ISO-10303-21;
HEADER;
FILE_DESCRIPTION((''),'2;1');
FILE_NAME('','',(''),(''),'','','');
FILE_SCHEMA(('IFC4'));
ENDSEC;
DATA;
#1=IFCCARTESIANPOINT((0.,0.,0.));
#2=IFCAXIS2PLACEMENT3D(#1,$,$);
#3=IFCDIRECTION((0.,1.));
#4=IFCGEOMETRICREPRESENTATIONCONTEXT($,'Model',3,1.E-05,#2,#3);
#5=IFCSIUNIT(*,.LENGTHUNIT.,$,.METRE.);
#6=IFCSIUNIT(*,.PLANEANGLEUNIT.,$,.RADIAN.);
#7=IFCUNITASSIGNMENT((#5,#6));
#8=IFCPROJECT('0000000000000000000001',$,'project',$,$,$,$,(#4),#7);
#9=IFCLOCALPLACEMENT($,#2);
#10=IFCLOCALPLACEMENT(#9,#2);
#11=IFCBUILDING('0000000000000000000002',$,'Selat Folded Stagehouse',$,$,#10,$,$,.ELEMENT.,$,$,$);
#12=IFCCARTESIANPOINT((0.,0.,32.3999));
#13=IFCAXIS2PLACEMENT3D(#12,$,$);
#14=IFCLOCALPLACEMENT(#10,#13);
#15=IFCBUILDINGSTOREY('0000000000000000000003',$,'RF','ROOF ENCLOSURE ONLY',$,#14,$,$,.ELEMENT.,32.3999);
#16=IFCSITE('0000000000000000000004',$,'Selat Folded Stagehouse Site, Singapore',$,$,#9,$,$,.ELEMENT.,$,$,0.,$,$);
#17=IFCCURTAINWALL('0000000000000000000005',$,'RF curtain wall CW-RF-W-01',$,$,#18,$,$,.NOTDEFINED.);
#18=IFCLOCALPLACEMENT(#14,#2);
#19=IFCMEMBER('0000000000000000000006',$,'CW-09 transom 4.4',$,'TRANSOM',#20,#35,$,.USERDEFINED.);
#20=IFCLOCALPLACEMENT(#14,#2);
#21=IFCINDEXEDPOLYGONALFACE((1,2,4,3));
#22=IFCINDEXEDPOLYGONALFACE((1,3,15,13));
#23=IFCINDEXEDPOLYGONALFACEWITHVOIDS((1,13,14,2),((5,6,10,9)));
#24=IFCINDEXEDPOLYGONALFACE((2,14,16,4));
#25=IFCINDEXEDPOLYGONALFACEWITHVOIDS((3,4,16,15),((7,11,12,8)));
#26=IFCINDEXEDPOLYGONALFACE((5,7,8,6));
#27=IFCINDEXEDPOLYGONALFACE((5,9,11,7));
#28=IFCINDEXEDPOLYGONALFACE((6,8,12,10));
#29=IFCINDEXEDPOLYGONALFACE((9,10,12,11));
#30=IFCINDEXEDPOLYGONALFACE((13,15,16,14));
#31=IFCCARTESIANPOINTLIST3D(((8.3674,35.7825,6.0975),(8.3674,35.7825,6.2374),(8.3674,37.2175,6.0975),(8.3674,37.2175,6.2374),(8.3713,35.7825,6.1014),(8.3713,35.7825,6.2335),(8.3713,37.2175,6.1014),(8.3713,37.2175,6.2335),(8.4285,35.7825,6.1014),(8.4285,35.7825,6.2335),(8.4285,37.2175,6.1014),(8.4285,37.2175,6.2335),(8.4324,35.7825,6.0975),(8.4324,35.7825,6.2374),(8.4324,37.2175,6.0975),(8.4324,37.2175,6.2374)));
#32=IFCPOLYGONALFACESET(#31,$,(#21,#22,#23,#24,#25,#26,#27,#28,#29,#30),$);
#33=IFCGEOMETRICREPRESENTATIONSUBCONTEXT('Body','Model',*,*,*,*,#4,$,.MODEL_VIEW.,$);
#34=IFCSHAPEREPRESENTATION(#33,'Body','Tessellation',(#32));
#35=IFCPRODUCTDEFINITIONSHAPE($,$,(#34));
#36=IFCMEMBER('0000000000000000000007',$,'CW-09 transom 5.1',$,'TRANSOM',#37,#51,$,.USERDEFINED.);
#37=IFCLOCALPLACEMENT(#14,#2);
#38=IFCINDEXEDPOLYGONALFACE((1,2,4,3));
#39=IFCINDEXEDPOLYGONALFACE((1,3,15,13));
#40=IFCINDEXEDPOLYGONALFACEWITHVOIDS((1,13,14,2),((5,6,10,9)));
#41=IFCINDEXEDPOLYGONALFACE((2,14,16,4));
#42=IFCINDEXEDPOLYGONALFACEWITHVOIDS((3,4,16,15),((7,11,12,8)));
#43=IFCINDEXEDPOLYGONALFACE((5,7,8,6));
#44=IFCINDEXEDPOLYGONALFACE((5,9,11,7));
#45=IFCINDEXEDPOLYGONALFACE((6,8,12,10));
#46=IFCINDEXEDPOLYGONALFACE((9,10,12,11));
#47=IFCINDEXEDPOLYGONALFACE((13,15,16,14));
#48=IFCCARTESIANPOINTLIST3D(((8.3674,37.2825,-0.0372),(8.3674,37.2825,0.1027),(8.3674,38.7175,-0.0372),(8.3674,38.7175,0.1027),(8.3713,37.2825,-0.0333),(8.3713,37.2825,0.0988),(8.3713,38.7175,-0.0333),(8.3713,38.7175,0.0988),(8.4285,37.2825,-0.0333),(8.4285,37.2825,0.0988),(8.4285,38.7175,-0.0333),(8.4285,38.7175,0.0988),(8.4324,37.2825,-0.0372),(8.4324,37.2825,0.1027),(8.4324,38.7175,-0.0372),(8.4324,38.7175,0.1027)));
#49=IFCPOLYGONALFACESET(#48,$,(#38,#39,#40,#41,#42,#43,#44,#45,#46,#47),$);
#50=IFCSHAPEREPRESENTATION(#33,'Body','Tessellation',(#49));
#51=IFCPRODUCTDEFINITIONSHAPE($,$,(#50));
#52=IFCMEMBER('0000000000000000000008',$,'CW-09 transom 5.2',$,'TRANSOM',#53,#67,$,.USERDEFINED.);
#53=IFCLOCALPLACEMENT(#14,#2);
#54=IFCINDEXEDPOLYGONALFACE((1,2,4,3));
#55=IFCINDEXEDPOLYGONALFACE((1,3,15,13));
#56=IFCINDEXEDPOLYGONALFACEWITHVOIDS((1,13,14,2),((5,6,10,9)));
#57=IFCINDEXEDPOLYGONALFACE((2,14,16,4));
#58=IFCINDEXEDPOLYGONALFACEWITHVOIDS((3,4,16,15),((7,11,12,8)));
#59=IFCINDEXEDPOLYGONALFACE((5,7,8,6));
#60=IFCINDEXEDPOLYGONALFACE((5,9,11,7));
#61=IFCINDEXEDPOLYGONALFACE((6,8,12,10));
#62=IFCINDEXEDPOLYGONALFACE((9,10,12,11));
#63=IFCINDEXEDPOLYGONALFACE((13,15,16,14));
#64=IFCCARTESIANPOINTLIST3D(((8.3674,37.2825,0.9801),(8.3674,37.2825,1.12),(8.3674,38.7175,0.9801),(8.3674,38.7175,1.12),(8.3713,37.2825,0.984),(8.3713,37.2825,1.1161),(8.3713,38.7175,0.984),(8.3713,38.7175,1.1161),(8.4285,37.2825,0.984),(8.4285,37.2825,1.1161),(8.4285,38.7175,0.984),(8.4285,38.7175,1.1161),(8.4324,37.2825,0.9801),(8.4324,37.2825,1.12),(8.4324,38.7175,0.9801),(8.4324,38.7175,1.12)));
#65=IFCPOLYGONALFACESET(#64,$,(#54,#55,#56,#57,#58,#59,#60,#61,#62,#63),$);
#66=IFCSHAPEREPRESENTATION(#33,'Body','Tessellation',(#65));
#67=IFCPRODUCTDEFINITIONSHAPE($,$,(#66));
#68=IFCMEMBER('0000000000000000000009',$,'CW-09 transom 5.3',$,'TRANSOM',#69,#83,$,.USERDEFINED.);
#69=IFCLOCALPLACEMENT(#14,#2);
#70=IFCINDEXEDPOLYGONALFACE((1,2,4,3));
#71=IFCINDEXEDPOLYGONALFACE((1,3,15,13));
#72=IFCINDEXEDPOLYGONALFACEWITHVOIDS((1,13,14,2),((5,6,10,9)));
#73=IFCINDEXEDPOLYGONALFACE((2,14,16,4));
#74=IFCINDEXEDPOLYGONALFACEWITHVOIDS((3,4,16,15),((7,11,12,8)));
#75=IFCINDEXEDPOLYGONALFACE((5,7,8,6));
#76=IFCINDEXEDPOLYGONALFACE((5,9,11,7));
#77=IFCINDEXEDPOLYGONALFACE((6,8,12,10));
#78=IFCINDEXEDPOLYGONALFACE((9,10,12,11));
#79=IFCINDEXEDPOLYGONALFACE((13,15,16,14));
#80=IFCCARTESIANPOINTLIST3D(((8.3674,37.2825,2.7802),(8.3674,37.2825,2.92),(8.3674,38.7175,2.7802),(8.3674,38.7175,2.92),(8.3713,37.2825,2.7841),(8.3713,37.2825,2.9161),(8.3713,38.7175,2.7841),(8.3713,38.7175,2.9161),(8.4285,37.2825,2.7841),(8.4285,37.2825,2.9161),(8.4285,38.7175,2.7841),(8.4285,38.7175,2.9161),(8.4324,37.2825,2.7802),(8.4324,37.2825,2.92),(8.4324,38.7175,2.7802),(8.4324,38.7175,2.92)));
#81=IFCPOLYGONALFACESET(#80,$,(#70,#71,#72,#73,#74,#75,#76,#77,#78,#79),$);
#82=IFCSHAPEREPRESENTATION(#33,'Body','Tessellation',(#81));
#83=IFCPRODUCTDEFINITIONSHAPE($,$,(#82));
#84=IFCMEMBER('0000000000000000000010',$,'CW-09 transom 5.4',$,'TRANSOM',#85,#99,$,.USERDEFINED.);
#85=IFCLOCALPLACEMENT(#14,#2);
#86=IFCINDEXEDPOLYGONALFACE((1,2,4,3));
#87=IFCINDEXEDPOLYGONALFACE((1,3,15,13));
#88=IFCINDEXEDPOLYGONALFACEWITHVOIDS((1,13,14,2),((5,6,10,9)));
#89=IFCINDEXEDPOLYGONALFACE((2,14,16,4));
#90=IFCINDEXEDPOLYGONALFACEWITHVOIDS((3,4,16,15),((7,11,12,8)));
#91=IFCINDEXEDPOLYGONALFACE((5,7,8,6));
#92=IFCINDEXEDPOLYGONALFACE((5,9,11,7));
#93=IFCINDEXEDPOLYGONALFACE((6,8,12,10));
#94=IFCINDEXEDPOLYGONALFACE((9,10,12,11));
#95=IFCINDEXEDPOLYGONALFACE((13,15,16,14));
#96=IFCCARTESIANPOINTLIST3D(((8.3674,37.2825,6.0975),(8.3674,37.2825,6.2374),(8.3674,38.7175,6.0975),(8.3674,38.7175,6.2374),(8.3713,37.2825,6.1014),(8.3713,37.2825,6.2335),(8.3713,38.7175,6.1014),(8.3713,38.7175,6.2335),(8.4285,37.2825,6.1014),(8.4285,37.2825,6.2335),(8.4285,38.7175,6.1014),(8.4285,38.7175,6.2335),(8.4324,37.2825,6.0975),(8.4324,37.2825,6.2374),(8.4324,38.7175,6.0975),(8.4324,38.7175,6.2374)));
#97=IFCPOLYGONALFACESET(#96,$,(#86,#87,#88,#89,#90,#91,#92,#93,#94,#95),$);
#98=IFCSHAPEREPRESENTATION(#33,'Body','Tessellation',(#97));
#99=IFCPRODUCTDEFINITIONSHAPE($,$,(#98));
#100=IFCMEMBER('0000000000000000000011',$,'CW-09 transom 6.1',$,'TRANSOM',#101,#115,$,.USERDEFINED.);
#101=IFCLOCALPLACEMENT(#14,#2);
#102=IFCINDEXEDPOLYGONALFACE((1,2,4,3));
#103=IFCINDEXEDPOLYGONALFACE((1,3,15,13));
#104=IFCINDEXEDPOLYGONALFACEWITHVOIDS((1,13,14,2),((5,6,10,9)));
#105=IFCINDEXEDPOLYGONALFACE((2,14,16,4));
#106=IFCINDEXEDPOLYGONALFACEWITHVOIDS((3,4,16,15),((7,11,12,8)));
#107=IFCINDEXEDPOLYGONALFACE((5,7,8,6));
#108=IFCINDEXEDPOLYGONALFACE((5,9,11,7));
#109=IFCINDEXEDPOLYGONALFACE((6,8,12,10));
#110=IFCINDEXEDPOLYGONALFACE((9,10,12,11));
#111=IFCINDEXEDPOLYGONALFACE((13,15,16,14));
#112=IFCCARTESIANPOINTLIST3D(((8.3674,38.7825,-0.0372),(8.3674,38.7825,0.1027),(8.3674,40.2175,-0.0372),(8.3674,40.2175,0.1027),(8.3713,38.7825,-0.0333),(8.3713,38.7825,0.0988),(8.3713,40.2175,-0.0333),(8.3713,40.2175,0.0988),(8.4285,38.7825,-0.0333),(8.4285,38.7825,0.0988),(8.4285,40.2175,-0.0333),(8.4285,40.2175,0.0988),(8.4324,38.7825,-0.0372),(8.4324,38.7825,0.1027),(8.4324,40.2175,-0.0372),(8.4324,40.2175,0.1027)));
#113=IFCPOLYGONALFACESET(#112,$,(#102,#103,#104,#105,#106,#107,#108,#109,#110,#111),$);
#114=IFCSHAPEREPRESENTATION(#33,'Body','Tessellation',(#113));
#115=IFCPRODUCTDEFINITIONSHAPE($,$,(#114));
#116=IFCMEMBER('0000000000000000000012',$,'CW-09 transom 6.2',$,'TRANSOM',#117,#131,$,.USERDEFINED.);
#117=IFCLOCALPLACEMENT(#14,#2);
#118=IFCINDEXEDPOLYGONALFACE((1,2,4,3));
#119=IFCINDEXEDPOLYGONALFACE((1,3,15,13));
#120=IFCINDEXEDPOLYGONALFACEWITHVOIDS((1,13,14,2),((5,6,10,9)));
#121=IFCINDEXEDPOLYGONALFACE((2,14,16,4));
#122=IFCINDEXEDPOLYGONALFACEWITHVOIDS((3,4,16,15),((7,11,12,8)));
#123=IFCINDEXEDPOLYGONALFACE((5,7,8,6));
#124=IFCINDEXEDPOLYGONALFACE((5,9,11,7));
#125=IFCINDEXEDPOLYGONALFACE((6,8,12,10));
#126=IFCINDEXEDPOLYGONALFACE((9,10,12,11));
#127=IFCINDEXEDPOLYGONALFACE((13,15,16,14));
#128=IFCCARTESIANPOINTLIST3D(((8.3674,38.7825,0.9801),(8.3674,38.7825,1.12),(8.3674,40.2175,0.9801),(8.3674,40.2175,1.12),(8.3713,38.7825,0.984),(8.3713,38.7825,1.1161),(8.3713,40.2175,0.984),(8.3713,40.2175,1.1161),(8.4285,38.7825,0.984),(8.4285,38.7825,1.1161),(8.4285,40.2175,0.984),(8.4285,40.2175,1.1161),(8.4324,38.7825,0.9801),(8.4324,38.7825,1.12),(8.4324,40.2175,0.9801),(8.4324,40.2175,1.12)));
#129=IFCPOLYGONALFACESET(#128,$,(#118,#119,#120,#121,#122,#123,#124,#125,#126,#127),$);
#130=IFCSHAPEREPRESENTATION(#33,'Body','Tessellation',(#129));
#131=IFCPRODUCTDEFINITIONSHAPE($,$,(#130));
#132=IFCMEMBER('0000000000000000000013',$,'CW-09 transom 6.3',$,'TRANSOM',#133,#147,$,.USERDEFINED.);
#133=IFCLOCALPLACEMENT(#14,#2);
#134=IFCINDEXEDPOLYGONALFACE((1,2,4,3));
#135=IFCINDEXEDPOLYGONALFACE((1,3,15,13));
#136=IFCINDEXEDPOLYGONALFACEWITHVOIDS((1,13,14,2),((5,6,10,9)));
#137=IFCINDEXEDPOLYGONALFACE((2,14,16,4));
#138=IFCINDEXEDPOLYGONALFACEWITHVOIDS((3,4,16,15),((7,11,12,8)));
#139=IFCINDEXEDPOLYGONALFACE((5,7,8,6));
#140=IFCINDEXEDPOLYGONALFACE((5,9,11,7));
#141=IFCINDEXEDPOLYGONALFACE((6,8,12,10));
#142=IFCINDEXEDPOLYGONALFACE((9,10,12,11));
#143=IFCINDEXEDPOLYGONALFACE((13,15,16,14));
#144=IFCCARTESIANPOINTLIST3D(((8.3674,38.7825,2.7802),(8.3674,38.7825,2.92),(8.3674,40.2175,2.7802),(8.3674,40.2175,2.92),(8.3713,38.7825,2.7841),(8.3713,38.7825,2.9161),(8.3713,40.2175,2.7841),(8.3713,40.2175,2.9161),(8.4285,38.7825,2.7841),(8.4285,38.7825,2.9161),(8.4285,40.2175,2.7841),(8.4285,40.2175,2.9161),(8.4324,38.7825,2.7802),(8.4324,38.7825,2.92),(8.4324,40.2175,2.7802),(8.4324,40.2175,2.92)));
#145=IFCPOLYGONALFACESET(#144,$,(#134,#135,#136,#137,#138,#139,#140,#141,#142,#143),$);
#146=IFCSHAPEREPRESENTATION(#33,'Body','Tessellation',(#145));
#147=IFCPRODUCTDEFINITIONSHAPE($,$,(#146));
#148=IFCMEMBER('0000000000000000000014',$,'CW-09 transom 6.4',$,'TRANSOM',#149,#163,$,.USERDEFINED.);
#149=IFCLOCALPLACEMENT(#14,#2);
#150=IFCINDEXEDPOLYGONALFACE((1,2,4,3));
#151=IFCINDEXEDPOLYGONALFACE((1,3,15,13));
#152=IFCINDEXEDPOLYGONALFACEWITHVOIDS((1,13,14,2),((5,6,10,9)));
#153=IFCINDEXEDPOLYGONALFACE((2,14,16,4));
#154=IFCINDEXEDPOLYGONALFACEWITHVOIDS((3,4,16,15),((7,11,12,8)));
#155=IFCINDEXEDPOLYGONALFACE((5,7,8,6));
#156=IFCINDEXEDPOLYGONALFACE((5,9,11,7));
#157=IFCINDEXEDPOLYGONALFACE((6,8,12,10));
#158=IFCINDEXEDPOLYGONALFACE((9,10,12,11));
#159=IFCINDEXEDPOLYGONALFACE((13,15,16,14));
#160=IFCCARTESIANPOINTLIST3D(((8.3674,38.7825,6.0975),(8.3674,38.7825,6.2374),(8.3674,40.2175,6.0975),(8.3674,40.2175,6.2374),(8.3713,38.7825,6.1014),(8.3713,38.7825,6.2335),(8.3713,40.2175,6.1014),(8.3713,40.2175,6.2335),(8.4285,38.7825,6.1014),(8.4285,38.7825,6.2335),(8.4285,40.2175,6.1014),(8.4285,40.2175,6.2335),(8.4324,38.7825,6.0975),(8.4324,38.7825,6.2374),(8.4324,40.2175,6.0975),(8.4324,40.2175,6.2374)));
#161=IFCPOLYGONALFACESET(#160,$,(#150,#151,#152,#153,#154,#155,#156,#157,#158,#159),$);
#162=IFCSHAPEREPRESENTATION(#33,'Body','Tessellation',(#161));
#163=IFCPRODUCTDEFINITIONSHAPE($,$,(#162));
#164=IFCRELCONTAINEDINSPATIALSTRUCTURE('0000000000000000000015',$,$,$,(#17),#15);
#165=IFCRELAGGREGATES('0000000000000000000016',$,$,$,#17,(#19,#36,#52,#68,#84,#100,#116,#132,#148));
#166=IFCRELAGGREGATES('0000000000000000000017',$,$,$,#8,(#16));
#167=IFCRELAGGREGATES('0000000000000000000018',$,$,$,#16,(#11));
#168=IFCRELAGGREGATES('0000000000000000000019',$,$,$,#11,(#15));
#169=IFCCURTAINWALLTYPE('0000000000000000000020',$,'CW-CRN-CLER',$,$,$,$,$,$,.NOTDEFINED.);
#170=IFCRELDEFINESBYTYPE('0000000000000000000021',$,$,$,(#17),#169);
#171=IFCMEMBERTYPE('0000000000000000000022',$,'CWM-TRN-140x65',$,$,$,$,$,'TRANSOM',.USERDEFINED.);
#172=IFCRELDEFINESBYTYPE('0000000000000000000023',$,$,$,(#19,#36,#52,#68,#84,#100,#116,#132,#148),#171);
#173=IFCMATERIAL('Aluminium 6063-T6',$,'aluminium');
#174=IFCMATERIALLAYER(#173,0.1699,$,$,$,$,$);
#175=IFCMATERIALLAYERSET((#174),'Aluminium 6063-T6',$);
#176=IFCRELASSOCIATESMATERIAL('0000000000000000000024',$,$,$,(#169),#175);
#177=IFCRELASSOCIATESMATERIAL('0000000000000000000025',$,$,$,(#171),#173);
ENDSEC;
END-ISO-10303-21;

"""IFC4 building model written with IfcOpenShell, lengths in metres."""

from ifc_helpers import new_model, si_unit, direction, frame, origin, origin_2d, place, context, subcontext, project, spatial, hollow_rectangle, extrude, material, layer, layer_set, material_profile, profile_set, type_object, element, aggregate, save


model = new_model("IFC4")

# Units and contexts
model_context = context("Model", 3, precision=1e-05, world=origin(), true_north=direction((0.0, 1.0)))
body_context = subcontext(model_context, "Body", "Model", "MODEL_VIEW")
ifc_project = project(units=[si_unit("LENGTHUNIT", "METRE"), si_unit("PLANEANGLEUNIT", "RADIAN")], contexts=[model_context])

# Site, building, storey
site_placement = place(None, origin())
site = spatial("IfcSite", under=ifc_project, at=site_placement, Name="Selat Folded Stagehouse Site, Singapore", CompositionType="ELEMENT", RefElevation=0.0)
building_placement = place(site_placement, origin())
building = spatial("IfcBuilding", under=site, at=building_placement, Name="Selat Folded Stagehouse", CompositionType="ELEMENT")
storey_placement = place(building_placement, frame((0.0, 0.0, 32.3999)))
storey = spatial("IfcBuildingStorey", under=building, at=storey_placement, Name="RF", Description="ROOF ENCLOSURE ONLY", CompositionType="ELEMENT", Elevation=32.3999)

# Curtain wall, members
ifc_material_1 = material(Name="Aluminium 6063-T6", Category="aluminium")
ifc_layer_1 = layer(ifc_material_1, 0.1699)
ifc_layer_set_1 = layer_set([ifc_layer_1], Name="Aluminium 6063-T6")
curtain_wall_type = type_object("IfcCurtainWallType", Name="CW-CRN-CLER", PredefinedType="NOTDEFINED", material=ifc_layer_set_1)
curtain_wall_placement = place(storey_placement, origin())
curtain_wall = element("IfcCurtainWall", 1, at=curtain_wall_placement, inside=storey, type_object=curtain_wall_type, Name="RF curtain wall CW-RF-W-01", PredefinedType="NOTDEFINED")
ifc_material_profile_1 = material_profile(ifc_material_1, hollow_rectangle(XDim=0.0649, YDim=0.1399, WallThickness=0.0039, at=origin_2d()), Name="ALU 140x65x4.0")
ifc_profile_set_1 = profile_set([ifc_material_profile_1], Name="Aluminium 6063-T6")
member_type_1 = type_object("IfcMemberType", Name="CWM-TRN-140x65", ElementType="TRANSOM", PredefinedType="USERDEFINED", material=ifc_profile_set_1)
member_1_placement = place(storey_placement, frame((8.3999, 35.7825, 6.1675), z_axis=(0.0, 1.0, 0.0), x_axis=(-1.0, 0.0, 0.0)))
member_1 = element("IfcMember", 2, at=member_1_placement, type_object=member_type_1, Name="CW-09 transom 4.4", ObjectType="TRANSOM", PredefinedType="USERDEFINED", context=body_context, shape_type="SweptSolid", body=[
    extrude(hollow_rectangle(XDim=0.0649, YDim=0.1399, WallThickness=0.0039, at=origin_2d()), origin(), (0.0, 0.0, 1.0), 1.4351),
])
member_2_placement = place(storey_placement, frame((8.3999, 37.2825, 0.0327), z_axis=(0.0, 1.0, 0.0), x_axis=(-1.0, 0.0, 0.0)))
member_2 = element("IfcMember", 3, at=member_2_placement, type_object=member_type_1, Name="CW-09 transom 5.1", ObjectType="TRANSOM", PredefinedType="USERDEFINED", context=body_context, shape_type="SweptSolid", body=[
    extrude(hollow_rectangle(XDim=0.0649, YDim=0.1399, WallThickness=0.0039, at=origin_2d()), origin(), (0.0, 0.0, 1.0), 1.4351),
])
member_3_placement = place(storey_placement, frame((8.3999, 37.2825, 1.05), z_axis=(0.0, 1.0, 0.0), x_axis=(-1.0, 0.0, 0.0)))
member_3 = element("IfcMember", 4, at=member_3_placement, type_object=member_type_1, Name="CW-09 transom 5.2", ObjectType="TRANSOM", PredefinedType="USERDEFINED", context=body_context, shape_type="SweptSolid", body=[
    extrude(hollow_rectangle(XDim=0.0649, YDim=0.1399, WallThickness=0.0039, at=origin_2d()), origin(), (0.0, 0.0, 1.0), 1.4351),
])
member_4_placement = place(storey_placement, frame((8.3999, 37.2825, 2.8501), z_axis=(0.0, 1.0, 0.0), x_axis=(-1.0, 0.0, 0.0)))
member_4 = element("IfcMember", 5, at=member_4_placement, type_object=member_type_1, Name="CW-09 transom 5.3", ObjectType="TRANSOM", PredefinedType="USERDEFINED", context=body_context, shape_type="SweptSolid", body=[
    extrude(hollow_rectangle(XDim=0.0649, YDim=0.1399, WallThickness=0.0039, at=origin_2d()), origin(), (0.0, 0.0, 1.0), 1.4351),
])
member_5_placement = place(storey_placement, frame((8.3999, 37.2825, 6.1675), z_axis=(0.0, 1.0, 0.0), x_axis=(-1.0, 0.0, 0.0)))
member_5 = element("IfcMember", 6, at=member_5_placement, type_object=member_type_1, Name="CW-09 transom 5.4", ObjectType="TRANSOM", PredefinedType="USERDEFINED", context=body_context, shape_type="SweptSolid", body=[
    extrude(hollow_rectangle(XDim=0.0649, YDim=0.1399, WallThickness=0.0039, at=origin_2d()), origin(), (0.0, 0.0, 1.0), 1.4351),
])
member_6_placement = place(storey_placement, frame((8.3999, 38.7825, 0.0327), z_axis=(0.0, 1.0, 0.0), x_axis=(-1.0, 0.0, 0.0)))
member_6 = element("IfcMember", 7, at=member_6_placement, type_object=member_type_1, Name="CW-09 transom 6.1", ObjectType="TRANSOM", PredefinedType="USERDEFINED", context=body_context, shape_type="SweptSolid", body=[
    extrude(hollow_rectangle(XDim=0.0649, YDim=0.1399, WallThickness=0.0039, at=origin_2d()), origin(), (0.0, 0.0, 1.0), 1.4351),
])
member_7_placement = place(storey_placement, frame((8.3999, 38.7825, 1.05), z_axis=(0.0, 1.0, 0.0), x_axis=(-1.0, 0.0, 0.0)))
member_7 = element("IfcMember", 8, at=member_7_placement, type_object=member_type_1, Name="CW-09 transom 6.2", ObjectType="TRANSOM", PredefinedType="USERDEFINED", context=body_context, shape_type="SweptSolid", body=[
    extrude(hollow_rectangle(XDim=0.0649, YDim=0.1399, WallThickness=0.0039, at=origin_2d()), origin(), (0.0, 0.0, 1.0), 1.4351),
])
member_8_placement = place(storey_placement, frame((8.3999, 38.7825, 2.8501), z_axis=(0.0, 1.0, 0.0), x_axis=(-1.0, 0.0, 0.0)))
member_8 = element("IfcMember", 9, at=member_8_placement, type_object=member_type_1, Name="CW-09 transom 6.3", ObjectType="TRANSOM", PredefinedType="USERDEFINED", context=body_context, shape_type="SweptSolid", body=[
    extrude(hollow_rectangle(XDim=0.0649, YDim=0.1399, WallThickness=0.0039, at=origin_2d()), origin(), (0.0, 0.0, 1.0), 1.4351),
])
member_9_placement = place(storey_placement, frame((8.3999, 38.7825, 6.1675), z_axis=(0.0, 1.0, 0.0), x_axis=(-1.0, 0.0, 0.0)))
member_9 = element("IfcMember", 10, at=member_9_placement, type_object=member_type_1, Name="CW-09 transom 6.4", ObjectType="TRANSOM", PredefinedType="USERDEFINED", context=body_context, shape_type="SweptSolid", body=[
    extrude(hollow_rectangle(XDim=0.0649, YDim=0.1399, WallThickness=0.0039, at=origin_2d()), origin(), (0.0, 0.0, 1.0), 1.4351),
])

aggregate(curtain_wall, [member_1, member_2, member_3, member_4, member_5, member_6, member_7, member_8, member_9])

save(model, "model.ifc")
